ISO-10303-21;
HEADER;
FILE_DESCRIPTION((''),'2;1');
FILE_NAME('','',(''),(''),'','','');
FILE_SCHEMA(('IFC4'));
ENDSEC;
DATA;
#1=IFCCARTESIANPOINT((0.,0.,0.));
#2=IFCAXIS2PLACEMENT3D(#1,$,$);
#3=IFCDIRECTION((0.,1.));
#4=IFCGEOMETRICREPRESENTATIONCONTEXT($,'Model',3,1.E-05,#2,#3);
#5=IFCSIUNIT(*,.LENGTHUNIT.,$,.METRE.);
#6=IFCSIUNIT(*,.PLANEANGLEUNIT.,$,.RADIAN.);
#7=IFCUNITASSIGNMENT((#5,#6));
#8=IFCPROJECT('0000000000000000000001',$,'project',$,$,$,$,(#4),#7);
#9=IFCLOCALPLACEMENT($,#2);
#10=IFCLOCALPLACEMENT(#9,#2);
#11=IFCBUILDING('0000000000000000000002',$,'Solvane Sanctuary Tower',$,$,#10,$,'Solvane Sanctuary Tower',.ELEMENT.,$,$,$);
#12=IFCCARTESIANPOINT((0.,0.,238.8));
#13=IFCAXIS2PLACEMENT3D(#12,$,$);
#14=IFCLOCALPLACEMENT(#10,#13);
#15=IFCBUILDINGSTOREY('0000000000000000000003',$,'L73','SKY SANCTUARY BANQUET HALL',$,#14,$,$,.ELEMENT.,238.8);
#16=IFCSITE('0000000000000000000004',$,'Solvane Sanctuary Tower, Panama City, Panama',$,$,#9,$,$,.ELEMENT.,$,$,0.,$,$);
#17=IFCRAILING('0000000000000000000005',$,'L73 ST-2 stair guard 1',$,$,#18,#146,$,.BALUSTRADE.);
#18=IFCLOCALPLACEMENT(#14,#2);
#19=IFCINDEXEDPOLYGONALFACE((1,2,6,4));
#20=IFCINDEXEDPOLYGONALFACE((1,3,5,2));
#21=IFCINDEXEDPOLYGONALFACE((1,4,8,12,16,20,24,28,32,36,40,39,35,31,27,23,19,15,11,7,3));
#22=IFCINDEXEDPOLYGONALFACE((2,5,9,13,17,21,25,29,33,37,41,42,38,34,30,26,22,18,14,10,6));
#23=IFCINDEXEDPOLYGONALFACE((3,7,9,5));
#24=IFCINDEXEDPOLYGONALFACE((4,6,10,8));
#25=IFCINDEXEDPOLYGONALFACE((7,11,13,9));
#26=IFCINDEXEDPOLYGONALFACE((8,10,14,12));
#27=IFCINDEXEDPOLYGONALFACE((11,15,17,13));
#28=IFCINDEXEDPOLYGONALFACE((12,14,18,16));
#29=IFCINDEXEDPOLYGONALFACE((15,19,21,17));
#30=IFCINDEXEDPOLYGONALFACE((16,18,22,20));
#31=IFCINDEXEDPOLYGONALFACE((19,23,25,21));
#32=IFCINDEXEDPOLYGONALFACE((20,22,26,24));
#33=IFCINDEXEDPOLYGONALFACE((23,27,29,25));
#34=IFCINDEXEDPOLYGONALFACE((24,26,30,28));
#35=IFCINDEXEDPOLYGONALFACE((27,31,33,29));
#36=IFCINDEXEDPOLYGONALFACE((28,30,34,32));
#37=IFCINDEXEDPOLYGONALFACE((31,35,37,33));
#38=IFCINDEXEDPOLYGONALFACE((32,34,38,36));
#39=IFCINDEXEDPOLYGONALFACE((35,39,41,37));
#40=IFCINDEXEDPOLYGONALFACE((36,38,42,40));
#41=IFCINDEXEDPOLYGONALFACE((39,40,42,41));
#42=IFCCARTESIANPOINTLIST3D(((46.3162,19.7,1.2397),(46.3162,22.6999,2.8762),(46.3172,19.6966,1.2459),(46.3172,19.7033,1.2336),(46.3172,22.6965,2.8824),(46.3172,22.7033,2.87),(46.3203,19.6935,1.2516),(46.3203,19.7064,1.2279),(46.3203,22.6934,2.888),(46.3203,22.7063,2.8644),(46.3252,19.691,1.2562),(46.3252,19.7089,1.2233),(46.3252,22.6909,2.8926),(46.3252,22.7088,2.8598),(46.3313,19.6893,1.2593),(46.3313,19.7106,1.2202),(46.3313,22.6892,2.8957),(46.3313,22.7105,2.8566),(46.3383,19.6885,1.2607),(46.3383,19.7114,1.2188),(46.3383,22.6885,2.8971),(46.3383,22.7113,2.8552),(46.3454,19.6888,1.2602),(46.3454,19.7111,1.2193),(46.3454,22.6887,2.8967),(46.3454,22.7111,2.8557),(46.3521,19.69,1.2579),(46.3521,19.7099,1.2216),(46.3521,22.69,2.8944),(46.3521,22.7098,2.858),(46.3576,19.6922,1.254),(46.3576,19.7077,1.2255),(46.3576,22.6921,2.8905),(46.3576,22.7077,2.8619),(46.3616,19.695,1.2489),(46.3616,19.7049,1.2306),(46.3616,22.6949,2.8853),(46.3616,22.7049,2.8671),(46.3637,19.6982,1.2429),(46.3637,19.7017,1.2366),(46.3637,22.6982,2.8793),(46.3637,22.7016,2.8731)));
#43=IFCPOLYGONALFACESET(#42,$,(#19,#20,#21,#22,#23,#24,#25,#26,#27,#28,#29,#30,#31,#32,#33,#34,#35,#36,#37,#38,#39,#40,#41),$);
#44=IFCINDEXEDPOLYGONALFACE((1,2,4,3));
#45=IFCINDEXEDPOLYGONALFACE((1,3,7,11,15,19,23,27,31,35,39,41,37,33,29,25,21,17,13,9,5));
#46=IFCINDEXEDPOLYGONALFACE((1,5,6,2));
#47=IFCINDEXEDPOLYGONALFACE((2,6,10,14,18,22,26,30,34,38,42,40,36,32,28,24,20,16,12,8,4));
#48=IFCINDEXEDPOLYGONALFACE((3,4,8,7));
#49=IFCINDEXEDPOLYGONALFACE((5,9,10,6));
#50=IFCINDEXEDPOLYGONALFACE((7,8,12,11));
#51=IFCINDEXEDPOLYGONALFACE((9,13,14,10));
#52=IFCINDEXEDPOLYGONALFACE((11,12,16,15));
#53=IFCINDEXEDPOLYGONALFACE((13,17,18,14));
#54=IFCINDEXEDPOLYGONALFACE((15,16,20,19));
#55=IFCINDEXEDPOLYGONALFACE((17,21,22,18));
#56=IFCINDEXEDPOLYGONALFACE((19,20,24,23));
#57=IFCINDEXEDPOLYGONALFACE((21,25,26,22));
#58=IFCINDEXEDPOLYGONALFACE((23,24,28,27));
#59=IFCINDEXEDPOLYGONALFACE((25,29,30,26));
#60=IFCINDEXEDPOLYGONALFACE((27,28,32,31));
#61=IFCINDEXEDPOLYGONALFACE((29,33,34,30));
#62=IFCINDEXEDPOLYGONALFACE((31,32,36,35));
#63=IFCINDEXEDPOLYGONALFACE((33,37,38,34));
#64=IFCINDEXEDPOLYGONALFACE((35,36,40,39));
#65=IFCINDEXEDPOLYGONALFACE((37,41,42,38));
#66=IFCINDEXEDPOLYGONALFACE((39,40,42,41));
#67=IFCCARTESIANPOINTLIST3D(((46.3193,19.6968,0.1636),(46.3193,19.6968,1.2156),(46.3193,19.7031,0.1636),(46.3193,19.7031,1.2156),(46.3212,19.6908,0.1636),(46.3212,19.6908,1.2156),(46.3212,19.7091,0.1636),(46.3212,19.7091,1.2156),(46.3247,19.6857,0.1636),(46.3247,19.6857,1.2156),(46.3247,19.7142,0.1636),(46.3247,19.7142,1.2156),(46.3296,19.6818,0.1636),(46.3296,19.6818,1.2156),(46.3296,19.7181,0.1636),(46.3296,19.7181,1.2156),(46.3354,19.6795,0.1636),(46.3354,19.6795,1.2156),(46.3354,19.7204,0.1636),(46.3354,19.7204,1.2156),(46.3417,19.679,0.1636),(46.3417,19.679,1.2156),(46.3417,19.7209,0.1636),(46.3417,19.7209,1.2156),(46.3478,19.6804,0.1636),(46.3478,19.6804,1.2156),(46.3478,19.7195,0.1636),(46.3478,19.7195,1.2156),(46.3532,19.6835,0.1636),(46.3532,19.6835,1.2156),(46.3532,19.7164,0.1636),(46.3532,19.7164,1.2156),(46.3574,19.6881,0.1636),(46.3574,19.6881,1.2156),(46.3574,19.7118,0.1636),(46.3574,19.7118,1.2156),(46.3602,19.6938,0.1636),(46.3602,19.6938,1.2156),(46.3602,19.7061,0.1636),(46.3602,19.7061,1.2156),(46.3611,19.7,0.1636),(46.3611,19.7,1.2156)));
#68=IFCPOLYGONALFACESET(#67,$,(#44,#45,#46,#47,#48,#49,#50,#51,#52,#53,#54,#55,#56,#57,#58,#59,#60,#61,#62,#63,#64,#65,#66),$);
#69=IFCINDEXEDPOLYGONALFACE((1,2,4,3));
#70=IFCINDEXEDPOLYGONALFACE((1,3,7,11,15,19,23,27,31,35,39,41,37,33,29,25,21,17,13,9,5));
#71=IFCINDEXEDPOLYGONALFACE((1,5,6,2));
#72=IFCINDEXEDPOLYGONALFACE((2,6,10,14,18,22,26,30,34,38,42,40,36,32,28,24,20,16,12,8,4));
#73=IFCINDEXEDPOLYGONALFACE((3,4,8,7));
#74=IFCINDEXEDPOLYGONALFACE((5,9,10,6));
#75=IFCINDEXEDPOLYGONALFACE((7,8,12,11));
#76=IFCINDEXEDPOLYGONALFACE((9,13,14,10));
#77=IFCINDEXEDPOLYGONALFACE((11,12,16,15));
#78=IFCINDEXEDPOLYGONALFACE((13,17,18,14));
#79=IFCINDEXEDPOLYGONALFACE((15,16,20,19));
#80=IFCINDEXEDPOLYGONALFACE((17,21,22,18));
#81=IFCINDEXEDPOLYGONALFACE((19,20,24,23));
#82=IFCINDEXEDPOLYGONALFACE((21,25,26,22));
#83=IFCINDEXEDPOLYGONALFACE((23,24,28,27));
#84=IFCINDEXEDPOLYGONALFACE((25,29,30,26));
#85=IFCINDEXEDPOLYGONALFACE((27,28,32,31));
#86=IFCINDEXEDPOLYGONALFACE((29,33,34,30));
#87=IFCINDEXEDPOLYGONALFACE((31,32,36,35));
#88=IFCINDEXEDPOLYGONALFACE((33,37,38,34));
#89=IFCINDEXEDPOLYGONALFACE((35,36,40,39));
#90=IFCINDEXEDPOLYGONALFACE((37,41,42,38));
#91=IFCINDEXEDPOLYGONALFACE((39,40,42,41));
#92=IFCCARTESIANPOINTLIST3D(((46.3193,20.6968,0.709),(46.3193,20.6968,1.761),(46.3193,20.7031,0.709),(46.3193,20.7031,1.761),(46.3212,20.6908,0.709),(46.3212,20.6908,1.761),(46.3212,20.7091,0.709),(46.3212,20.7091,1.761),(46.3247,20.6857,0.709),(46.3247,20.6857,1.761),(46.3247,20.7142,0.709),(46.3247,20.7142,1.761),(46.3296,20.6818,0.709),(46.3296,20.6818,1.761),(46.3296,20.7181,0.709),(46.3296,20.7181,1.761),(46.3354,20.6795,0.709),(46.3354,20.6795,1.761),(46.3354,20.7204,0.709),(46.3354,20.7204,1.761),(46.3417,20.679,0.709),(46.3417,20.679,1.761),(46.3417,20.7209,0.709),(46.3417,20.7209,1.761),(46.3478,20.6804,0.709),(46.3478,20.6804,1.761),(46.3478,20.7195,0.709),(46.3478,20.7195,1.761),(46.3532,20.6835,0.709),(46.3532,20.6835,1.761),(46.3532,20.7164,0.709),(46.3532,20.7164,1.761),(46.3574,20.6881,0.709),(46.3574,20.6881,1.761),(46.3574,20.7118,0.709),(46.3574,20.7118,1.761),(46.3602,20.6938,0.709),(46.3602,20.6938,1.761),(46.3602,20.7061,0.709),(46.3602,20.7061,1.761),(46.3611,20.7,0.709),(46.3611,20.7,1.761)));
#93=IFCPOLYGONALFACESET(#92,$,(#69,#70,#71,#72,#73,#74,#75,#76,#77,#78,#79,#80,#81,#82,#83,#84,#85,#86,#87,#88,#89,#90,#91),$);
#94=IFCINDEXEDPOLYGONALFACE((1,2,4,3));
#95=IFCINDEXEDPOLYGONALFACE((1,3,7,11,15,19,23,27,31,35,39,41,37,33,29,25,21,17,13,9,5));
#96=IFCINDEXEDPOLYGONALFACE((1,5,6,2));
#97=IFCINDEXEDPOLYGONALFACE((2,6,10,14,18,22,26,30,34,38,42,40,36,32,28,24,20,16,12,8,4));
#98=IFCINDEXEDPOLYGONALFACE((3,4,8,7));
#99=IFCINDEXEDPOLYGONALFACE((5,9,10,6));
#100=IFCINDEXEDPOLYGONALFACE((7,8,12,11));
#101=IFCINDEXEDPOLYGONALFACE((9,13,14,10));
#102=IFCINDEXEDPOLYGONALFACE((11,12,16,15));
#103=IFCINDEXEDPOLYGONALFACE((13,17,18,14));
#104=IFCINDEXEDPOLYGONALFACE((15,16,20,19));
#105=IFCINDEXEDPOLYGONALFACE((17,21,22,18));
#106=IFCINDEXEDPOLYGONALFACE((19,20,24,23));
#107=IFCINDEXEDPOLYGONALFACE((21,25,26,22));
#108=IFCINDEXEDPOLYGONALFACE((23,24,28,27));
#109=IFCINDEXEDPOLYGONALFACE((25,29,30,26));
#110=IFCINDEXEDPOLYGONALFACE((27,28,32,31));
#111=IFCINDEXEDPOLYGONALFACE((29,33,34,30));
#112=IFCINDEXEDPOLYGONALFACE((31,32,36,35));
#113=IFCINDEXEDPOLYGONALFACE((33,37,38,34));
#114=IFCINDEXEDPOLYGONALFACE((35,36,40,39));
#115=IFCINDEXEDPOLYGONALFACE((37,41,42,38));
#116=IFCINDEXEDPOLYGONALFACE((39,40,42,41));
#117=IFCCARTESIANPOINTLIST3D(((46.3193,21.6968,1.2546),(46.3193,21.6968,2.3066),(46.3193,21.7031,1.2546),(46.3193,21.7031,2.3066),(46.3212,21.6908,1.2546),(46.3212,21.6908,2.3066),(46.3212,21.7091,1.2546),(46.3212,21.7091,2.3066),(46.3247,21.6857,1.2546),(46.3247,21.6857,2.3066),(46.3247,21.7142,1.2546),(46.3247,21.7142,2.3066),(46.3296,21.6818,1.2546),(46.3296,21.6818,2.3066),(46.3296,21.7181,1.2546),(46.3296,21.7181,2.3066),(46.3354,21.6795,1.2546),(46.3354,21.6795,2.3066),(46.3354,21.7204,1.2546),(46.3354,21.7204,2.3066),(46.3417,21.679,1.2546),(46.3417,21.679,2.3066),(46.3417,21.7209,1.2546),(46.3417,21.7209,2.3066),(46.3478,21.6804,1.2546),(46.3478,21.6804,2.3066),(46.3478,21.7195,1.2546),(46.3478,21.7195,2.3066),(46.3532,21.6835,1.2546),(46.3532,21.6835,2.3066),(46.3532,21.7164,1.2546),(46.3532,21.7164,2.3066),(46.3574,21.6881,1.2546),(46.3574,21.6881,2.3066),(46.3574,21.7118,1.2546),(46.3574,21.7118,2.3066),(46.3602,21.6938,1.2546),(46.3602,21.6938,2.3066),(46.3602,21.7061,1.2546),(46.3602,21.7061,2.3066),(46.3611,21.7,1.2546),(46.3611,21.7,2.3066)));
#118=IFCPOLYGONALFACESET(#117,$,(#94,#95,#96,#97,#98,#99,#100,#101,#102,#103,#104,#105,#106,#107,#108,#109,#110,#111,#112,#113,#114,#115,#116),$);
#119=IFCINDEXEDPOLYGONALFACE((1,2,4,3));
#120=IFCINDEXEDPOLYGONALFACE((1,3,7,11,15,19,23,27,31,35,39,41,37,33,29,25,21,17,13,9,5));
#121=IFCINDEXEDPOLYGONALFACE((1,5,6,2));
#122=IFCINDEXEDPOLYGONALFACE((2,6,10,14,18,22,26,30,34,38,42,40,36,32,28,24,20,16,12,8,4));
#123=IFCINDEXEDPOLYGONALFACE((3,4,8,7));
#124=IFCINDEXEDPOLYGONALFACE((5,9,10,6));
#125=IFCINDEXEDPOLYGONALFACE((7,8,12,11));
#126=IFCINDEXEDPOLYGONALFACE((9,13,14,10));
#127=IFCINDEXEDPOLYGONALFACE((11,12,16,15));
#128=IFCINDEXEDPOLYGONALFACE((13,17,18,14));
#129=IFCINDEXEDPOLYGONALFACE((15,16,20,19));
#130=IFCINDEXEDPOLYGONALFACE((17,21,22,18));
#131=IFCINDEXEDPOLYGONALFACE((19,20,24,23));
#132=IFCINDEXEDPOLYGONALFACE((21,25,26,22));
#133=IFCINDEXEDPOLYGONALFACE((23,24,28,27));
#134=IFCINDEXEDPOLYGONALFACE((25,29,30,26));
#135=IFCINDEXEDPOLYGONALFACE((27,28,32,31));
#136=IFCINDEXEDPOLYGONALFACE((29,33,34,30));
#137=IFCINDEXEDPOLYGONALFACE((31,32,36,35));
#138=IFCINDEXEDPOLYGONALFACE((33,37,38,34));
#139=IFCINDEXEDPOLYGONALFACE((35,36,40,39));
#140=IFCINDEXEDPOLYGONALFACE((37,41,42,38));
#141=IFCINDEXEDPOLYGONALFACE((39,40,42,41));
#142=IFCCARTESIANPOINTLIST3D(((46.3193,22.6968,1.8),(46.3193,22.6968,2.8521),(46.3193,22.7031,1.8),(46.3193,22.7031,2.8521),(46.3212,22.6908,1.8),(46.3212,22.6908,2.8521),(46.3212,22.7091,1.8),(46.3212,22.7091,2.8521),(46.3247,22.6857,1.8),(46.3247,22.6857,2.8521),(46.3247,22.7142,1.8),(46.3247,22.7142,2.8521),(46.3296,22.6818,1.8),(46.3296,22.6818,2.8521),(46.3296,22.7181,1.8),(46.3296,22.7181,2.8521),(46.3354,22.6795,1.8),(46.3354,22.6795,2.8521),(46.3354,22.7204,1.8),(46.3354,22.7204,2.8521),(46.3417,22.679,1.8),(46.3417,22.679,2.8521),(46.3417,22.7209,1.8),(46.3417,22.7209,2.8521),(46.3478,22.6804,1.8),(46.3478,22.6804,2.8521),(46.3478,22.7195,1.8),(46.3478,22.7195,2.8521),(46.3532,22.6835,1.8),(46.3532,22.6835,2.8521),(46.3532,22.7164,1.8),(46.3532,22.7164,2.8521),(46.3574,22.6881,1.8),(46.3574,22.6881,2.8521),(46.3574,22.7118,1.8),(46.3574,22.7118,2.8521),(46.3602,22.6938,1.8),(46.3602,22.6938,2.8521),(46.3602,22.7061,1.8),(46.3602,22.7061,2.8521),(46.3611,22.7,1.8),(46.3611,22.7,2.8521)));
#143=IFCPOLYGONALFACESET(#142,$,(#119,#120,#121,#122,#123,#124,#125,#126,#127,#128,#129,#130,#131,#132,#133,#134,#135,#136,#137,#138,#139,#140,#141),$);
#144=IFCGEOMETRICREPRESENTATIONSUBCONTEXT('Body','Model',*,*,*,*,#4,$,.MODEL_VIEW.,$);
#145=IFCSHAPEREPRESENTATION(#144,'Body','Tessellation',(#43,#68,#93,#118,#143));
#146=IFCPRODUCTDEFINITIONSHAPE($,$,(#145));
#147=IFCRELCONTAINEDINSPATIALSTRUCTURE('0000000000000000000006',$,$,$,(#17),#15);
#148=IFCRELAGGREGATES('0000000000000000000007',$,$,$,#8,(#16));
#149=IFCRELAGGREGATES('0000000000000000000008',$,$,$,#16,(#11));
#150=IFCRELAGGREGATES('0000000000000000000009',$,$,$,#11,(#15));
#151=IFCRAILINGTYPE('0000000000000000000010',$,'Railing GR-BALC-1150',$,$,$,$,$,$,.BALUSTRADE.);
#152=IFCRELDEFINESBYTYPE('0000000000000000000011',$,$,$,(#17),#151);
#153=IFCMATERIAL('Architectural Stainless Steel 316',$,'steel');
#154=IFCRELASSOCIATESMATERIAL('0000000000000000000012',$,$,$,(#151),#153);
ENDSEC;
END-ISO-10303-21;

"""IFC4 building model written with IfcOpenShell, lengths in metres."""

from ifc_helpers import new_model, si_unit, direction, frame, origin, origin_2d, place, context, subcontext, project, spatial, circle, extrude, material, type_object, element, save


model = new_model("IFC4")

# Units and contexts
model_context = context("Model", 3, precision=1e-05, world=origin(), true_north=direction((0.0, 1.0)))
body_context = subcontext(model_context, "Body", "Model", "MODEL_VIEW")
ifc_project = project(units=[si_unit("LENGTHUNIT", "METRE"), si_unit("PLANEANGLEUNIT", "RADIAN")], contexts=[model_context])

# Site, building, storey
site_placement = place(None, origin())
site = spatial("IfcSite", under=ifc_project, at=site_placement, Name="Solvane Sanctuary Tower, Panama City, Panama", CompositionType="ELEMENT", RefElevation=0.0)
building_placement = place(site_placement, origin())
building = spatial("IfcBuilding", under=site, at=building_placement, Name="Solvane Sanctuary Tower", LongName="Solvane Sanctuary Tower", CompositionType="ELEMENT")
storey_placement = place(building_placement, frame((0.0, 0.0, 238.8)))
storey = spatial("IfcBuildingStorey", under=building, at=storey_placement, Name="L73", Description="SKY SANCTUARY BANQUET HALL", CompositionType="ELEMENT", Elevation=238.8)

# Railing
ifc_material_1 = material(Name="Architectural Stainless Steel 316", Category="steel")
railing_type_1 = type_object("IfcRailingType", Name="Railing GR-BALC-1150", PredefinedType="BALUSTRADE", material=ifc_material_1)
railing_1_placement = place(storey_placement, frame((46.3401, 19.7, 0.1636)))
element("IfcRailing", 1, at=railing_1_placement, inside=storey, type_object=railing_type_1, Name="L73 ST-2 stair guard 1", PredefinedType="BALUSTRADE", context=body_context, shape_type="SweptSolid", body=[
    extrude(circle(Radius=0.0239, at=origin_2d()), frame((0.0, 0.0, 1.0762), z_axis=(0.0, 0.877882, 0.478877), x_axis=(-1.0, 0.0, 0.0)), (0.0, 0.0, 1.0), 3.4172),
    extrude(circle(Radius=0.021, at=origin_2d()), origin(), (0.0, 0.0, 1.0), 1.052),
    extrude(circle(Radius=0.021, at=origin_2d()), frame((0.0, 1.0, 0.5454)), (0.0, 0.0, 1.0), 1.052),
    extrude(circle(Radius=0.021, at=origin_2d()), frame((0.0, 2.0, 1.0911)), (0.0, 0.0, 1.0), 1.052),
    extrude(circle(Radius=0.021, at=origin_2d()), frame((0.0, 3.0, 1.6365)), (0.0, 0.0, 1.0), 1.052),
])

save(model, "model.ifc")
